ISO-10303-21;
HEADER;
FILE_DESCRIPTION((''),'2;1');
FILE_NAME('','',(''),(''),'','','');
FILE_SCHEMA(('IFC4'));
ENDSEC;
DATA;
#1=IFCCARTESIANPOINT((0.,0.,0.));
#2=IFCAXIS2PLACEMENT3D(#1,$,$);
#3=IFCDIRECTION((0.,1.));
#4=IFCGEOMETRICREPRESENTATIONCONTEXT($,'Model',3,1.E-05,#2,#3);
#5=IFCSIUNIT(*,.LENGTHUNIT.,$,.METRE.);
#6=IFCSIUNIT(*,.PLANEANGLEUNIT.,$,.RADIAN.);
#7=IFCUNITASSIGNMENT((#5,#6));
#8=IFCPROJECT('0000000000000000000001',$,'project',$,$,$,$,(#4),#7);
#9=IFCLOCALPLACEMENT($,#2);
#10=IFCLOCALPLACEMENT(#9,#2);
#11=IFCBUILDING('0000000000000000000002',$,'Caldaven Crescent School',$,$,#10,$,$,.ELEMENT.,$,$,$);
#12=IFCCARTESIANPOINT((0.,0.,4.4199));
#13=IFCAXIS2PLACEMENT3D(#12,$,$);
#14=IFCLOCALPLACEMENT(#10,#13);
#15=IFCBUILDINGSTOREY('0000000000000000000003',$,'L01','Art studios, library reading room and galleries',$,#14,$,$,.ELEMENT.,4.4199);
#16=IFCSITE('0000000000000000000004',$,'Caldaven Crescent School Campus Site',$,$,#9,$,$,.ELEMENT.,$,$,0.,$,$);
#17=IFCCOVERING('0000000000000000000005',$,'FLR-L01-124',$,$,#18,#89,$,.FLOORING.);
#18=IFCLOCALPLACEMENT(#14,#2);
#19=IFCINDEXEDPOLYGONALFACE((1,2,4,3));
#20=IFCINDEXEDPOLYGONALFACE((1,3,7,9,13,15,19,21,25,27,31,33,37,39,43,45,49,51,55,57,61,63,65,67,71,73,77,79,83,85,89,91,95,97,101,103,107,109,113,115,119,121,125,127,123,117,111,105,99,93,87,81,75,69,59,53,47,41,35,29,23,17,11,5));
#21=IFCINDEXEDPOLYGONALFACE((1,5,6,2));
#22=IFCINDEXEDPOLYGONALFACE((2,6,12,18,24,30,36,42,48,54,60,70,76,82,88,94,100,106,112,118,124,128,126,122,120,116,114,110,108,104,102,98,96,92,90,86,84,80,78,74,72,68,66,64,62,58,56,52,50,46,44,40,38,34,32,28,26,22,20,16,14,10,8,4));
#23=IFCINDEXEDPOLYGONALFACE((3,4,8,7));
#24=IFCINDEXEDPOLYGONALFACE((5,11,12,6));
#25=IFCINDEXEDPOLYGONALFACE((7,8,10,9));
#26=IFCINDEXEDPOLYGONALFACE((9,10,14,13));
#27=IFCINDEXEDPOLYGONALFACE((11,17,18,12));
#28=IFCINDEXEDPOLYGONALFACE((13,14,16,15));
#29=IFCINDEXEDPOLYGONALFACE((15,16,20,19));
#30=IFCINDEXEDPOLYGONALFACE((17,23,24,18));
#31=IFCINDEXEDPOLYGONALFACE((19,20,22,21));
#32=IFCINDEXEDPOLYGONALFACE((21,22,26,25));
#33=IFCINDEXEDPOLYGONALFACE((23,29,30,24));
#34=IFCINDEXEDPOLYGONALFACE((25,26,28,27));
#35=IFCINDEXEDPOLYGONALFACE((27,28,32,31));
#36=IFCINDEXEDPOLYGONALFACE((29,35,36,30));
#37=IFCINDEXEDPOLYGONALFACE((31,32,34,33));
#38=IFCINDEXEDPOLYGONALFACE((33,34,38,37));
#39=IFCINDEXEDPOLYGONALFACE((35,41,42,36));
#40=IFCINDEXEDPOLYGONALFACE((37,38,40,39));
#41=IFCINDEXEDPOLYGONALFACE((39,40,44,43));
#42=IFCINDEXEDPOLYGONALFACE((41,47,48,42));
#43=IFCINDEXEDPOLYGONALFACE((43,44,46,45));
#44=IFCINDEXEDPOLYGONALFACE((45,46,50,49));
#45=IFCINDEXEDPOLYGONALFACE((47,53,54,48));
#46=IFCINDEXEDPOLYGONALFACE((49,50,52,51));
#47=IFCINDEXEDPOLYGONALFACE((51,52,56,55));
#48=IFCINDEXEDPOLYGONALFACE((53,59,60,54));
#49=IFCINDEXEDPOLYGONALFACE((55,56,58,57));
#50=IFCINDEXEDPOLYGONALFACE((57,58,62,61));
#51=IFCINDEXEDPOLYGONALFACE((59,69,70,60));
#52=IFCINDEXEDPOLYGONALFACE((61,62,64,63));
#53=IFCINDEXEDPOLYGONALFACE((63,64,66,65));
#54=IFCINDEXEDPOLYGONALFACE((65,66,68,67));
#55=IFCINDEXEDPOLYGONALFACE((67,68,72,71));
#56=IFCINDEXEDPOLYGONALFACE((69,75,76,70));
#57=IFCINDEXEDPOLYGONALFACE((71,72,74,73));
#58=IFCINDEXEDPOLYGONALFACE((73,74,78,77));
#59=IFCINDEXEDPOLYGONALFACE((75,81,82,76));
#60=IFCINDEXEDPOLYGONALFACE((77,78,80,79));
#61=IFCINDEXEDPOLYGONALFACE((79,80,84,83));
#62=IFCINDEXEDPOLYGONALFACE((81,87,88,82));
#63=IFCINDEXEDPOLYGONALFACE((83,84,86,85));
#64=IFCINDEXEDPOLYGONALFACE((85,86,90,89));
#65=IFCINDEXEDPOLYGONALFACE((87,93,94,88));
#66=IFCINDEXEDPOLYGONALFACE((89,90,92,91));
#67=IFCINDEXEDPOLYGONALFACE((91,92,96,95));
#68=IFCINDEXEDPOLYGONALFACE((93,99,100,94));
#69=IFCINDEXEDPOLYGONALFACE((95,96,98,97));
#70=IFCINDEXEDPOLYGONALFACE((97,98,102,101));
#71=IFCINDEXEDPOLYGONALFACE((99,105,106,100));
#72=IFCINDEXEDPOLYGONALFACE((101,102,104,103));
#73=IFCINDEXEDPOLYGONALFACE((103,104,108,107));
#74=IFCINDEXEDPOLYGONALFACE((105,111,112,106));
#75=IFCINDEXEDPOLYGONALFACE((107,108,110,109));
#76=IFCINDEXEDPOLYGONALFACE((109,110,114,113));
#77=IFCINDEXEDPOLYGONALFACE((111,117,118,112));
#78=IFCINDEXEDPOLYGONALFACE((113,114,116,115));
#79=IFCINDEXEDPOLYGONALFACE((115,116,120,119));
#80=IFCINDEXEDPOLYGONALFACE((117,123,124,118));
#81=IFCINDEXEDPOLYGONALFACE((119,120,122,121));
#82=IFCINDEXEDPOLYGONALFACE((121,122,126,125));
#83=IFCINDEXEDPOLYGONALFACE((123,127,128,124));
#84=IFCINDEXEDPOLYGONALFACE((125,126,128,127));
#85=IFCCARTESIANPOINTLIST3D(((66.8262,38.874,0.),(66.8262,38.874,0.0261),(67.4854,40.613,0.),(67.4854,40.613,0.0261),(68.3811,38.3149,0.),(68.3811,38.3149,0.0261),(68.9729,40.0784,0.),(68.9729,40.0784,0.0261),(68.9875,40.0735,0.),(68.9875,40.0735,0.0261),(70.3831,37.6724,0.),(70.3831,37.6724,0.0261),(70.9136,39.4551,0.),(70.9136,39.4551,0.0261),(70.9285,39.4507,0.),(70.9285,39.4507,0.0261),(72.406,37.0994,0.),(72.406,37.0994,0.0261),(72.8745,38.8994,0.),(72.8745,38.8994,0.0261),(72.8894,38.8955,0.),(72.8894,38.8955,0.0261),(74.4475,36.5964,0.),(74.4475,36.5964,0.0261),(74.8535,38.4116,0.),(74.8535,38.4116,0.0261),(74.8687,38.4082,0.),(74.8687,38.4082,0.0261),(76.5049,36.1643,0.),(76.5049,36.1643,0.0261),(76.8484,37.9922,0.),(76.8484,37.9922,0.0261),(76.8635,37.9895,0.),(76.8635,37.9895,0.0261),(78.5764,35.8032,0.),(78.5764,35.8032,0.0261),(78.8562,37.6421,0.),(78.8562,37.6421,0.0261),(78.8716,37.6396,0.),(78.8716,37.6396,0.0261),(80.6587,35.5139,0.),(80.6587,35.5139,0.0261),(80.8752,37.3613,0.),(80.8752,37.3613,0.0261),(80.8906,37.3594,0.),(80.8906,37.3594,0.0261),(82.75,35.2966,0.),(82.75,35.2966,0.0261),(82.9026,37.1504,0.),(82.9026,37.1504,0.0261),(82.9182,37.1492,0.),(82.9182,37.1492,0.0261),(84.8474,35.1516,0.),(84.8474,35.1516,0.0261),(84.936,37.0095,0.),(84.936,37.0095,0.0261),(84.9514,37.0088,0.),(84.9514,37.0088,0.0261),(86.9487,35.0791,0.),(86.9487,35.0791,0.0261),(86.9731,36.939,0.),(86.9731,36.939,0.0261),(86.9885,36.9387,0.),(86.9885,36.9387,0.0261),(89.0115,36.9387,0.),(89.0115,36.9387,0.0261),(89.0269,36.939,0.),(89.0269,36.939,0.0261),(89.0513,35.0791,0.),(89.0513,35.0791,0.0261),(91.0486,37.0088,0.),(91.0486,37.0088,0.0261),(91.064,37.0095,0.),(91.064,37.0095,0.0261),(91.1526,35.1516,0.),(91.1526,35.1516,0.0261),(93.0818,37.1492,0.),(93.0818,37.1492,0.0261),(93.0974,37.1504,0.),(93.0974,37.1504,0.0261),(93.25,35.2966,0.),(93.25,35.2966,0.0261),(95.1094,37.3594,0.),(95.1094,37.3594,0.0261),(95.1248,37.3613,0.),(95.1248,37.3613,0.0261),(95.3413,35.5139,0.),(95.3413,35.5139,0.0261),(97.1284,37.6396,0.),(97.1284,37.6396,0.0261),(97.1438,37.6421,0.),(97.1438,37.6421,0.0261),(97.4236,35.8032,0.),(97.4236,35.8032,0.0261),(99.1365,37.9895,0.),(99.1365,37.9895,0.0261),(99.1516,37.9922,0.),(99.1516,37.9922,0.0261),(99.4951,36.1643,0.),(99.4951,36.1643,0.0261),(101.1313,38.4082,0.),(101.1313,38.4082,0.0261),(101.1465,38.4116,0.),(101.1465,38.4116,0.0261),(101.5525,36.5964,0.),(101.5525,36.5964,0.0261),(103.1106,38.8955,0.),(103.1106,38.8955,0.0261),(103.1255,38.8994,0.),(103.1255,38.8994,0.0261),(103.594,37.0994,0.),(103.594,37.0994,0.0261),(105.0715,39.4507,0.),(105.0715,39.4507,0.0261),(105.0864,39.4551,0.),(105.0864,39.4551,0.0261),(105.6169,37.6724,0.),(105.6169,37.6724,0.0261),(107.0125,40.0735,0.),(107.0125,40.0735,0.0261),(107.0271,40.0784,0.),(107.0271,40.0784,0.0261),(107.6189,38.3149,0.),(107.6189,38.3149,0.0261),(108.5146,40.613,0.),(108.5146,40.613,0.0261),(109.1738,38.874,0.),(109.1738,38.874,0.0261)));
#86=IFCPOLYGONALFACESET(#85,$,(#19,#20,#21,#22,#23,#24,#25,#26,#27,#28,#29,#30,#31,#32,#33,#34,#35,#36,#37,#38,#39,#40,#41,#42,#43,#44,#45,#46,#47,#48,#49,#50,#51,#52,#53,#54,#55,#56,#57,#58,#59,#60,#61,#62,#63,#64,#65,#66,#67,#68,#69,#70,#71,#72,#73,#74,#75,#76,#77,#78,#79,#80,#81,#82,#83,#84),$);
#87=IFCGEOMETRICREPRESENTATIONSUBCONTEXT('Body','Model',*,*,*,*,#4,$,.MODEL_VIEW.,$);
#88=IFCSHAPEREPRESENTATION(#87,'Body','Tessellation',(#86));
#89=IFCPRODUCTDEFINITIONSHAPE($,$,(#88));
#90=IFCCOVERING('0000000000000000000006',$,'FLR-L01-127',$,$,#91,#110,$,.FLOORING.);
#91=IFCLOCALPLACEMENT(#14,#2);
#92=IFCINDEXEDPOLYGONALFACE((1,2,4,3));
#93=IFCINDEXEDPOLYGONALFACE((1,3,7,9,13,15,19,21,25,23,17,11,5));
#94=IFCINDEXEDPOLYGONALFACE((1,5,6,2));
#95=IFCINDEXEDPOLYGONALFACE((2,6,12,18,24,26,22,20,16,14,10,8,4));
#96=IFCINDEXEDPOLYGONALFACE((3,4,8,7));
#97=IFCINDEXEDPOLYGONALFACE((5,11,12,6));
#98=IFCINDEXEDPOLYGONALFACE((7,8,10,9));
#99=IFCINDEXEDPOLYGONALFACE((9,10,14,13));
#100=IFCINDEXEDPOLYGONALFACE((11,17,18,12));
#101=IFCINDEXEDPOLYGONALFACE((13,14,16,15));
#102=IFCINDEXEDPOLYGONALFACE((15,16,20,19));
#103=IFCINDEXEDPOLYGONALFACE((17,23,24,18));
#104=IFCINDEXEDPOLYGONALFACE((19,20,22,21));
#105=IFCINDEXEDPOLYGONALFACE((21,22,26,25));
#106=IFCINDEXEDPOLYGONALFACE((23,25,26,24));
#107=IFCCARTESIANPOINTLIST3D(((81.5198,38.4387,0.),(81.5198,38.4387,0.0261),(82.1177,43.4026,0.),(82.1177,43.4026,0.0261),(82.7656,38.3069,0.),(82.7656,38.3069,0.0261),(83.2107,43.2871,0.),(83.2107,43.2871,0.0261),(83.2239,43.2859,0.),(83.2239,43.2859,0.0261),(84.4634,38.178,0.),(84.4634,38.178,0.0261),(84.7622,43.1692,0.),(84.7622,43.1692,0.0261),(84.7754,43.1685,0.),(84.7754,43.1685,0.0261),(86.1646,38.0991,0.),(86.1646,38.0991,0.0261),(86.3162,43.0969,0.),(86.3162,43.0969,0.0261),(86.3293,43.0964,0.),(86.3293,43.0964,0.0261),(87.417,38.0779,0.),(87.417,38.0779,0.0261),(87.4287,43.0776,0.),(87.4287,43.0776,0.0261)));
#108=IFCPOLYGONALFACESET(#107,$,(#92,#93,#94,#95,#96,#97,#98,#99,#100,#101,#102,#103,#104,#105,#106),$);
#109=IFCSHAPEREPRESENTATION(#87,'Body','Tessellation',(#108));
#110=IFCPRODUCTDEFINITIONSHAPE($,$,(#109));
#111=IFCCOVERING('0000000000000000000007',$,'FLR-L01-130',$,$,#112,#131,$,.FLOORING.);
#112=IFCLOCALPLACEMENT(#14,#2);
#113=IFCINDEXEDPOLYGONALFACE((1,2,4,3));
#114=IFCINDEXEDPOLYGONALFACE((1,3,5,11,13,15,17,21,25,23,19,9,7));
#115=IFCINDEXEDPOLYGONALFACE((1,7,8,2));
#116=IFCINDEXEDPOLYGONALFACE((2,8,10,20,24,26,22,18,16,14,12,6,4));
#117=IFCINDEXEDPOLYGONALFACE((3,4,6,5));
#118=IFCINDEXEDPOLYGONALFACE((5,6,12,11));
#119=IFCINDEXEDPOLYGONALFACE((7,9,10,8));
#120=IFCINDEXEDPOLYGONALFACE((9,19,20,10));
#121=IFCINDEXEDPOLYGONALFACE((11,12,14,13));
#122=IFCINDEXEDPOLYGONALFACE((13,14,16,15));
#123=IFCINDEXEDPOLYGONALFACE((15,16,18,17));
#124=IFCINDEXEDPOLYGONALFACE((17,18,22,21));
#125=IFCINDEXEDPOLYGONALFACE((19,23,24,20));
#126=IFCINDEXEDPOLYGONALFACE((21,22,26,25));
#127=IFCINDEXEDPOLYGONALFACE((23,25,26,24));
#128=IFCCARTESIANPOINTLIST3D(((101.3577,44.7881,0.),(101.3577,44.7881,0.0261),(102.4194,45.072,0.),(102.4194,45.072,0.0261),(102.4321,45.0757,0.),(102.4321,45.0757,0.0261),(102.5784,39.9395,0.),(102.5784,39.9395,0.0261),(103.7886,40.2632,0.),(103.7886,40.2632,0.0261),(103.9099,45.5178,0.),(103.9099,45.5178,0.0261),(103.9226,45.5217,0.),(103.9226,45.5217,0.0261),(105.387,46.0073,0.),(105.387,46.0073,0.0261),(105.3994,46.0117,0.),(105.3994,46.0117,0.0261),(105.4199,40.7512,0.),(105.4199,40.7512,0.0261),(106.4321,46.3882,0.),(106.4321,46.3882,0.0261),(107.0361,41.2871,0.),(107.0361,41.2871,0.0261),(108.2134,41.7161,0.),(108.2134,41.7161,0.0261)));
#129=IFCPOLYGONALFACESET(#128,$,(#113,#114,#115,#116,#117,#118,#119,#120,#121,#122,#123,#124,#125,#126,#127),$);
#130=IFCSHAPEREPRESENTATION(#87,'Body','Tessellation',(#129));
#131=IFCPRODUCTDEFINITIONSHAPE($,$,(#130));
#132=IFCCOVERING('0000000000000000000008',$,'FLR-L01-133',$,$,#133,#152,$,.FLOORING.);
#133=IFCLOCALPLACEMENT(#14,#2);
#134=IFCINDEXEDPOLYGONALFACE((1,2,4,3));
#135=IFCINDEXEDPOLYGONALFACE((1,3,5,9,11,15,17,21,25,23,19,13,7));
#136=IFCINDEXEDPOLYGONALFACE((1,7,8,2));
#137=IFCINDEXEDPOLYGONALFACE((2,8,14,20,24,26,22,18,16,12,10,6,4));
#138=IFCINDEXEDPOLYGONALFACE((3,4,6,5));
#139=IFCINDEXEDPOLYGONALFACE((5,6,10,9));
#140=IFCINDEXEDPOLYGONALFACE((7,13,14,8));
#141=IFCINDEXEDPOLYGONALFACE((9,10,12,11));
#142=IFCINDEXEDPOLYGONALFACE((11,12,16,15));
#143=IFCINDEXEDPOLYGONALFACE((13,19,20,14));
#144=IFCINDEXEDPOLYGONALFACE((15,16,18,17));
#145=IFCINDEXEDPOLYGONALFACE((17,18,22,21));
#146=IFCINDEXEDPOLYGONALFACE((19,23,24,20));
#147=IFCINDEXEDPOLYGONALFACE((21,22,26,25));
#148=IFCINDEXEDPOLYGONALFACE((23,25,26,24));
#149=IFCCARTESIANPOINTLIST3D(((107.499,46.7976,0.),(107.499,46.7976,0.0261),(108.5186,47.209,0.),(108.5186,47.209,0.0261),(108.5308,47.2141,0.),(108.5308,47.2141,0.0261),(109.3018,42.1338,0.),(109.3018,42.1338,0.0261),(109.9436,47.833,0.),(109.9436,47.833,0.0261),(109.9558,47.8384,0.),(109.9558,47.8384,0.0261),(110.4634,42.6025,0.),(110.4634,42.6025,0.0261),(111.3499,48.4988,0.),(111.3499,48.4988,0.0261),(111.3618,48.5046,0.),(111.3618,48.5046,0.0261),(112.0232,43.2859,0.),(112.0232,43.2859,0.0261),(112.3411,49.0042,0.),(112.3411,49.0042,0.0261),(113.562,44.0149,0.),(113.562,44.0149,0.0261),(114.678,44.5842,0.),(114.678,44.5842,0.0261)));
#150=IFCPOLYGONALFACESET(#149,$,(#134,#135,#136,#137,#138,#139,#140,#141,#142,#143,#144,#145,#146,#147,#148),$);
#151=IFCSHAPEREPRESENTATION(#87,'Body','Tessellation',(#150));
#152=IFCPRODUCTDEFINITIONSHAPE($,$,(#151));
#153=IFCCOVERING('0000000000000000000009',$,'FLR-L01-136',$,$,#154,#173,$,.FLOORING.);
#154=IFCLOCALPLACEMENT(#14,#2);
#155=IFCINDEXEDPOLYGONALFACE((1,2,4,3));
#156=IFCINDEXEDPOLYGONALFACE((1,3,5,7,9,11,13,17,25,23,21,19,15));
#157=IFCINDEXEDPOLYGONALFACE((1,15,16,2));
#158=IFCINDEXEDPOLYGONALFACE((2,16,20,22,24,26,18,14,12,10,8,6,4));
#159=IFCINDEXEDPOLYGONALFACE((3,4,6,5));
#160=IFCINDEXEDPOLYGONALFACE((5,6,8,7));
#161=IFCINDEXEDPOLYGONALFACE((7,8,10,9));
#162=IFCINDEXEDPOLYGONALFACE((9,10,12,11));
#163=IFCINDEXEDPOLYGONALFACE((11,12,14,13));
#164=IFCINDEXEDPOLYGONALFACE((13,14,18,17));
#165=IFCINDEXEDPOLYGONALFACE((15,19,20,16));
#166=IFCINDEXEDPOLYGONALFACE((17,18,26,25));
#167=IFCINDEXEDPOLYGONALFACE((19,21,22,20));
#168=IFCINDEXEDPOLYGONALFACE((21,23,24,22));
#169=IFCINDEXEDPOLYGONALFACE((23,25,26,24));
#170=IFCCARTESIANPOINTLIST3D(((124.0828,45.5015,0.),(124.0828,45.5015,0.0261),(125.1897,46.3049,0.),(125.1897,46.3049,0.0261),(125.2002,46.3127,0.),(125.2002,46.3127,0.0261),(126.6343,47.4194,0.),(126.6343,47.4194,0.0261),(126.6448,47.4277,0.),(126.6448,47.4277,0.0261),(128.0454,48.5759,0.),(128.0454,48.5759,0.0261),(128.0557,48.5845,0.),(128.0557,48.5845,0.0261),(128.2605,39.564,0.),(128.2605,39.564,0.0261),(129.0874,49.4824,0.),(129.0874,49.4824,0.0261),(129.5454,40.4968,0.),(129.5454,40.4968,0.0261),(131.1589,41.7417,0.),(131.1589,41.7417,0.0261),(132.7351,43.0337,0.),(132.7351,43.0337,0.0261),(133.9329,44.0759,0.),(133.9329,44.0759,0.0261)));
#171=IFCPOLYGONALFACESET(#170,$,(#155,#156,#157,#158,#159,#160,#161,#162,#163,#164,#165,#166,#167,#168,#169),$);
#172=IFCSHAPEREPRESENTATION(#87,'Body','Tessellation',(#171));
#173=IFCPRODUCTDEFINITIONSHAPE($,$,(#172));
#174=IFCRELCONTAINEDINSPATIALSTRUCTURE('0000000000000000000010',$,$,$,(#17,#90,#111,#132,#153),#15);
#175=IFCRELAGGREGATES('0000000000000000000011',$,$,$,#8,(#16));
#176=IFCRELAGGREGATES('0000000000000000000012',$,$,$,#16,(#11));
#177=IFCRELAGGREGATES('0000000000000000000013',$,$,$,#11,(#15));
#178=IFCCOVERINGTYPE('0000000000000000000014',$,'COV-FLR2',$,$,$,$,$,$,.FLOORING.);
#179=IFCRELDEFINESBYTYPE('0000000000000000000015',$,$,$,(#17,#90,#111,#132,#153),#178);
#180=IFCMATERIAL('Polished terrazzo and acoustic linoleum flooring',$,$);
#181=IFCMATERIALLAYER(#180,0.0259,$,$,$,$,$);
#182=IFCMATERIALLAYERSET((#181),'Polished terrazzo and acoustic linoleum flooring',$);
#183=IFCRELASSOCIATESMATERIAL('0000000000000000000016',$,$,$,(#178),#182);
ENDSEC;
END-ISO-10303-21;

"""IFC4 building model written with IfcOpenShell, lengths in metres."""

from ifc_helpers import new_model, si_unit, direction, frame, origin, place, context, subcontext, project, spatial, polyline, outline, extrude, material, layer, layer_set, type_object, element, save


model = new_model("IFC4")

# Units and contexts
model_context = context("Model", 3, precision=1e-05, world=origin(), true_north=direction((0.0, 1.0)))
body_context = subcontext(model_context, "Body", "Model", "MODEL_VIEW")
ifc_project = project(units=[si_unit("LENGTHUNIT", "METRE"), si_unit("PLANEANGLEUNIT", "RADIAN")], contexts=[model_context])

# Site, building, storey
site_placement = place(None, origin())
site = spatial("IfcSite", under=ifc_project, at=site_placement, Name="Caldaven Crescent School Campus Site", CompositionType="ELEMENT", RefElevation=0.0)
building_placement = place(site_placement, origin())
building = spatial("IfcBuilding", under=site, at=building_placement, Name="Caldaven Crescent School", CompositionType="ELEMENT")
storey_placement = place(building_placement, frame((0.0, 0.0, 4.4199)))
storey = spatial("IfcBuildingStorey", under=building, at=storey_placement, Name="L01", Description="Art studios, library reading room and galleries", CompositionType="ELEMENT", Elevation=4.4199)

# Coverings
ifc_material_1 = material(Name="Polished terrazzo and acoustic linoleum flooring")
ifc_layer_1 = layer(ifc_material_1, 0.0259)
ifc_layer_set_1 = layer_set([ifc_layer_1], Name="Polished terrazzo and acoustic linoleum flooring")
covering_type_1 = type_object("IfcCoveringType", Name="COV-FLR2", PredefinedType="FLOORING", material=ifc_layer_set_1)
covering_1_placement = place(storey_placement, origin())
element("IfcCovering", 1, at=covering_1_placement, inside=storey, type_object=covering_type_1, Name="FLR-L01-124", PredefinedType="FLOORING", context=body_context, shape_type="SweptSolid", body=[
    extrude(outline(polyline([(67.4854, 40.613), (68.9729, 40.0784), (68.9875, 40.0735), (70.9136, 39.4551), (70.9285, 39.4507), (72.8745, 38.8994), (72.8894, 38.8955), (74.8535, 38.4116), (74.8687, 38.4082), (76.8484, 37.9922), (76.8635, 37.9895), (78.8562, 37.6421), (78.8716, 37.6396), (80.8752, 37.3613), (80.8906, 37.3594), (82.9026, 37.1504), (82.9182, 37.1492), (84.936, 37.0095), (84.9514, 37.0088), (86.9731, 36.939), (86.9885, 36.9387), (89.0115, 36.9387), (89.0269, 36.939), (91.0486, 37.0088), (91.064, 37.0095), (93.0818, 37.1492), (93.0974, 37.1504), (95.1094, 37.3594), (95.1248, 37.3613), (97.1284, 37.6396), (97.1438, 37.6421), (99.1365, 37.9895), (99.1516, 37.9922), (101.1313, 38.4082), (101.1465, 38.4116), (103.1106, 38.8955), (103.1255, 38.8994), (105.0715, 39.4507), (105.0864, 39.4551), (107.0125, 40.0735), (107.0271, 40.0784), (108.5146, 40.613), (109.1738, 38.874), (107.6189, 38.3149), (105.6169, 37.6724), (103.594, 37.0994), (101.5525, 36.5964), (99.4951, 36.1643), (97.4236, 35.8032), (95.3413, 35.5139), (93.25, 35.2966), (91.1526, 35.1516), (89.0513, 35.0791), (86.9487, 35.0791), (84.8474, 35.1516), (82.75, 35.2966), (80.6587, 35.5139), (78.5764, 35.8032), (76.5049, 36.1643), (74.4475, 36.5964), (72.406, 37.0994), (70.3831, 37.6724), (68.3811, 38.3149), (66.8262, 38.874), (67.4854, 40.613)])), origin(), (0.0, 0.0, 1.0), 0.0261),
])
covering_2_placement = place(storey_placement, origin())
element("IfcCovering", 2, at=covering_2_placement, inside=storey, type_object=covering_type_1, Name="FLR-L01-127", PredefinedType="FLOORING", context=body_context, shape_type="SweptSolid", body=[
    extrude(outline(polyline([(82.1177, 43.4026), (83.2107, 43.2871), (83.2239, 43.2859), (84.7622, 43.1692), (84.7754, 43.1685), (86.3162, 43.0969), (86.3293, 43.0964), (87.4287, 43.0776), (87.417, 38.0779), (86.1646, 38.0991), (84.4634, 38.178), (82.7656, 38.3069), (81.5198, 38.4387), (82.1177, 43.4026)])), origin(), (0.0, 0.0, 1.0), 0.0261),
])
covering_3_placement = place(storey_placement, origin())
element("IfcCovering", 3, at=covering_3_placement, inside=storey, type_object=covering_type_1, Name="FLR-L01-130", PredefinedType="FLOORING", context=body_context, shape_type="SweptSolid", body=[
    extrude(outline(polyline([(101.3577, 44.7881), (102.4194, 45.072), (102.4321, 45.0757), (103.9099, 45.5178), (103.9226, 45.5217), (105.387, 46.0073), (105.3994, 46.0117), (106.4321, 46.3882), (108.2134, 41.7161), (107.0361, 41.2871), (105.4199, 40.7512), (103.7886, 40.2632), (102.5784, 39.9395), (101.3577, 44.7881)])), origin(), (0.0, 0.0, 1.0), 0.0261),
])
covering_4_placement = place(storey_placement, origin())
element("IfcCovering", 4, at=covering_4_placement, inside=storey, type_object=covering_type_1, Name="FLR-L01-133", PredefinedType="FLOORING", context=body_context, shape_type="SweptSolid", body=[
    extrude(outline(polyline([(107.499, 46.7976), (108.5186, 47.209), (108.5308, 47.2141), (109.9436, 47.833), (109.9558, 47.8384), (111.3499, 48.4988), (111.3618, 48.5046), (112.3411, 49.0042), (114.678, 44.5842), (113.562, 44.0149), (112.0232, 43.2859), (110.4634, 42.6025), (109.3018, 42.1338), (107.499, 46.7976)])), origin(), (0.0, 0.0, 1.0), 0.0261),
])
covering_5_placement = place(storey_placement, origin())
element("IfcCovering", 5, at=covering_5_placement, inside=storey, type_object=covering_type_1, Name="FLR-L01-136", PredefinedType="FLOORING", context=body_context, shape_type="SweptSolid", body=[
    extrude(outline(polyline([(124.0828, 45.5015), (125.1897, 46.3049), (125.2002, 46.3127), (126.6343, 47.4194), (126.6448, 47.4277), (128.0454, 48.5759), (128.0557, 48.5845), (129.0874, 49.4824), (133.9329, 44.0759), (132.7351, 43.0337), (131.1589, 41.7417), (129.5454, 40.4968), (128.2605, 39.564), (124.0828, 45.5015)])), origin(), (0.0, 0.0, 1.0), 0.0261),
])

save(model, "model.ifc")
